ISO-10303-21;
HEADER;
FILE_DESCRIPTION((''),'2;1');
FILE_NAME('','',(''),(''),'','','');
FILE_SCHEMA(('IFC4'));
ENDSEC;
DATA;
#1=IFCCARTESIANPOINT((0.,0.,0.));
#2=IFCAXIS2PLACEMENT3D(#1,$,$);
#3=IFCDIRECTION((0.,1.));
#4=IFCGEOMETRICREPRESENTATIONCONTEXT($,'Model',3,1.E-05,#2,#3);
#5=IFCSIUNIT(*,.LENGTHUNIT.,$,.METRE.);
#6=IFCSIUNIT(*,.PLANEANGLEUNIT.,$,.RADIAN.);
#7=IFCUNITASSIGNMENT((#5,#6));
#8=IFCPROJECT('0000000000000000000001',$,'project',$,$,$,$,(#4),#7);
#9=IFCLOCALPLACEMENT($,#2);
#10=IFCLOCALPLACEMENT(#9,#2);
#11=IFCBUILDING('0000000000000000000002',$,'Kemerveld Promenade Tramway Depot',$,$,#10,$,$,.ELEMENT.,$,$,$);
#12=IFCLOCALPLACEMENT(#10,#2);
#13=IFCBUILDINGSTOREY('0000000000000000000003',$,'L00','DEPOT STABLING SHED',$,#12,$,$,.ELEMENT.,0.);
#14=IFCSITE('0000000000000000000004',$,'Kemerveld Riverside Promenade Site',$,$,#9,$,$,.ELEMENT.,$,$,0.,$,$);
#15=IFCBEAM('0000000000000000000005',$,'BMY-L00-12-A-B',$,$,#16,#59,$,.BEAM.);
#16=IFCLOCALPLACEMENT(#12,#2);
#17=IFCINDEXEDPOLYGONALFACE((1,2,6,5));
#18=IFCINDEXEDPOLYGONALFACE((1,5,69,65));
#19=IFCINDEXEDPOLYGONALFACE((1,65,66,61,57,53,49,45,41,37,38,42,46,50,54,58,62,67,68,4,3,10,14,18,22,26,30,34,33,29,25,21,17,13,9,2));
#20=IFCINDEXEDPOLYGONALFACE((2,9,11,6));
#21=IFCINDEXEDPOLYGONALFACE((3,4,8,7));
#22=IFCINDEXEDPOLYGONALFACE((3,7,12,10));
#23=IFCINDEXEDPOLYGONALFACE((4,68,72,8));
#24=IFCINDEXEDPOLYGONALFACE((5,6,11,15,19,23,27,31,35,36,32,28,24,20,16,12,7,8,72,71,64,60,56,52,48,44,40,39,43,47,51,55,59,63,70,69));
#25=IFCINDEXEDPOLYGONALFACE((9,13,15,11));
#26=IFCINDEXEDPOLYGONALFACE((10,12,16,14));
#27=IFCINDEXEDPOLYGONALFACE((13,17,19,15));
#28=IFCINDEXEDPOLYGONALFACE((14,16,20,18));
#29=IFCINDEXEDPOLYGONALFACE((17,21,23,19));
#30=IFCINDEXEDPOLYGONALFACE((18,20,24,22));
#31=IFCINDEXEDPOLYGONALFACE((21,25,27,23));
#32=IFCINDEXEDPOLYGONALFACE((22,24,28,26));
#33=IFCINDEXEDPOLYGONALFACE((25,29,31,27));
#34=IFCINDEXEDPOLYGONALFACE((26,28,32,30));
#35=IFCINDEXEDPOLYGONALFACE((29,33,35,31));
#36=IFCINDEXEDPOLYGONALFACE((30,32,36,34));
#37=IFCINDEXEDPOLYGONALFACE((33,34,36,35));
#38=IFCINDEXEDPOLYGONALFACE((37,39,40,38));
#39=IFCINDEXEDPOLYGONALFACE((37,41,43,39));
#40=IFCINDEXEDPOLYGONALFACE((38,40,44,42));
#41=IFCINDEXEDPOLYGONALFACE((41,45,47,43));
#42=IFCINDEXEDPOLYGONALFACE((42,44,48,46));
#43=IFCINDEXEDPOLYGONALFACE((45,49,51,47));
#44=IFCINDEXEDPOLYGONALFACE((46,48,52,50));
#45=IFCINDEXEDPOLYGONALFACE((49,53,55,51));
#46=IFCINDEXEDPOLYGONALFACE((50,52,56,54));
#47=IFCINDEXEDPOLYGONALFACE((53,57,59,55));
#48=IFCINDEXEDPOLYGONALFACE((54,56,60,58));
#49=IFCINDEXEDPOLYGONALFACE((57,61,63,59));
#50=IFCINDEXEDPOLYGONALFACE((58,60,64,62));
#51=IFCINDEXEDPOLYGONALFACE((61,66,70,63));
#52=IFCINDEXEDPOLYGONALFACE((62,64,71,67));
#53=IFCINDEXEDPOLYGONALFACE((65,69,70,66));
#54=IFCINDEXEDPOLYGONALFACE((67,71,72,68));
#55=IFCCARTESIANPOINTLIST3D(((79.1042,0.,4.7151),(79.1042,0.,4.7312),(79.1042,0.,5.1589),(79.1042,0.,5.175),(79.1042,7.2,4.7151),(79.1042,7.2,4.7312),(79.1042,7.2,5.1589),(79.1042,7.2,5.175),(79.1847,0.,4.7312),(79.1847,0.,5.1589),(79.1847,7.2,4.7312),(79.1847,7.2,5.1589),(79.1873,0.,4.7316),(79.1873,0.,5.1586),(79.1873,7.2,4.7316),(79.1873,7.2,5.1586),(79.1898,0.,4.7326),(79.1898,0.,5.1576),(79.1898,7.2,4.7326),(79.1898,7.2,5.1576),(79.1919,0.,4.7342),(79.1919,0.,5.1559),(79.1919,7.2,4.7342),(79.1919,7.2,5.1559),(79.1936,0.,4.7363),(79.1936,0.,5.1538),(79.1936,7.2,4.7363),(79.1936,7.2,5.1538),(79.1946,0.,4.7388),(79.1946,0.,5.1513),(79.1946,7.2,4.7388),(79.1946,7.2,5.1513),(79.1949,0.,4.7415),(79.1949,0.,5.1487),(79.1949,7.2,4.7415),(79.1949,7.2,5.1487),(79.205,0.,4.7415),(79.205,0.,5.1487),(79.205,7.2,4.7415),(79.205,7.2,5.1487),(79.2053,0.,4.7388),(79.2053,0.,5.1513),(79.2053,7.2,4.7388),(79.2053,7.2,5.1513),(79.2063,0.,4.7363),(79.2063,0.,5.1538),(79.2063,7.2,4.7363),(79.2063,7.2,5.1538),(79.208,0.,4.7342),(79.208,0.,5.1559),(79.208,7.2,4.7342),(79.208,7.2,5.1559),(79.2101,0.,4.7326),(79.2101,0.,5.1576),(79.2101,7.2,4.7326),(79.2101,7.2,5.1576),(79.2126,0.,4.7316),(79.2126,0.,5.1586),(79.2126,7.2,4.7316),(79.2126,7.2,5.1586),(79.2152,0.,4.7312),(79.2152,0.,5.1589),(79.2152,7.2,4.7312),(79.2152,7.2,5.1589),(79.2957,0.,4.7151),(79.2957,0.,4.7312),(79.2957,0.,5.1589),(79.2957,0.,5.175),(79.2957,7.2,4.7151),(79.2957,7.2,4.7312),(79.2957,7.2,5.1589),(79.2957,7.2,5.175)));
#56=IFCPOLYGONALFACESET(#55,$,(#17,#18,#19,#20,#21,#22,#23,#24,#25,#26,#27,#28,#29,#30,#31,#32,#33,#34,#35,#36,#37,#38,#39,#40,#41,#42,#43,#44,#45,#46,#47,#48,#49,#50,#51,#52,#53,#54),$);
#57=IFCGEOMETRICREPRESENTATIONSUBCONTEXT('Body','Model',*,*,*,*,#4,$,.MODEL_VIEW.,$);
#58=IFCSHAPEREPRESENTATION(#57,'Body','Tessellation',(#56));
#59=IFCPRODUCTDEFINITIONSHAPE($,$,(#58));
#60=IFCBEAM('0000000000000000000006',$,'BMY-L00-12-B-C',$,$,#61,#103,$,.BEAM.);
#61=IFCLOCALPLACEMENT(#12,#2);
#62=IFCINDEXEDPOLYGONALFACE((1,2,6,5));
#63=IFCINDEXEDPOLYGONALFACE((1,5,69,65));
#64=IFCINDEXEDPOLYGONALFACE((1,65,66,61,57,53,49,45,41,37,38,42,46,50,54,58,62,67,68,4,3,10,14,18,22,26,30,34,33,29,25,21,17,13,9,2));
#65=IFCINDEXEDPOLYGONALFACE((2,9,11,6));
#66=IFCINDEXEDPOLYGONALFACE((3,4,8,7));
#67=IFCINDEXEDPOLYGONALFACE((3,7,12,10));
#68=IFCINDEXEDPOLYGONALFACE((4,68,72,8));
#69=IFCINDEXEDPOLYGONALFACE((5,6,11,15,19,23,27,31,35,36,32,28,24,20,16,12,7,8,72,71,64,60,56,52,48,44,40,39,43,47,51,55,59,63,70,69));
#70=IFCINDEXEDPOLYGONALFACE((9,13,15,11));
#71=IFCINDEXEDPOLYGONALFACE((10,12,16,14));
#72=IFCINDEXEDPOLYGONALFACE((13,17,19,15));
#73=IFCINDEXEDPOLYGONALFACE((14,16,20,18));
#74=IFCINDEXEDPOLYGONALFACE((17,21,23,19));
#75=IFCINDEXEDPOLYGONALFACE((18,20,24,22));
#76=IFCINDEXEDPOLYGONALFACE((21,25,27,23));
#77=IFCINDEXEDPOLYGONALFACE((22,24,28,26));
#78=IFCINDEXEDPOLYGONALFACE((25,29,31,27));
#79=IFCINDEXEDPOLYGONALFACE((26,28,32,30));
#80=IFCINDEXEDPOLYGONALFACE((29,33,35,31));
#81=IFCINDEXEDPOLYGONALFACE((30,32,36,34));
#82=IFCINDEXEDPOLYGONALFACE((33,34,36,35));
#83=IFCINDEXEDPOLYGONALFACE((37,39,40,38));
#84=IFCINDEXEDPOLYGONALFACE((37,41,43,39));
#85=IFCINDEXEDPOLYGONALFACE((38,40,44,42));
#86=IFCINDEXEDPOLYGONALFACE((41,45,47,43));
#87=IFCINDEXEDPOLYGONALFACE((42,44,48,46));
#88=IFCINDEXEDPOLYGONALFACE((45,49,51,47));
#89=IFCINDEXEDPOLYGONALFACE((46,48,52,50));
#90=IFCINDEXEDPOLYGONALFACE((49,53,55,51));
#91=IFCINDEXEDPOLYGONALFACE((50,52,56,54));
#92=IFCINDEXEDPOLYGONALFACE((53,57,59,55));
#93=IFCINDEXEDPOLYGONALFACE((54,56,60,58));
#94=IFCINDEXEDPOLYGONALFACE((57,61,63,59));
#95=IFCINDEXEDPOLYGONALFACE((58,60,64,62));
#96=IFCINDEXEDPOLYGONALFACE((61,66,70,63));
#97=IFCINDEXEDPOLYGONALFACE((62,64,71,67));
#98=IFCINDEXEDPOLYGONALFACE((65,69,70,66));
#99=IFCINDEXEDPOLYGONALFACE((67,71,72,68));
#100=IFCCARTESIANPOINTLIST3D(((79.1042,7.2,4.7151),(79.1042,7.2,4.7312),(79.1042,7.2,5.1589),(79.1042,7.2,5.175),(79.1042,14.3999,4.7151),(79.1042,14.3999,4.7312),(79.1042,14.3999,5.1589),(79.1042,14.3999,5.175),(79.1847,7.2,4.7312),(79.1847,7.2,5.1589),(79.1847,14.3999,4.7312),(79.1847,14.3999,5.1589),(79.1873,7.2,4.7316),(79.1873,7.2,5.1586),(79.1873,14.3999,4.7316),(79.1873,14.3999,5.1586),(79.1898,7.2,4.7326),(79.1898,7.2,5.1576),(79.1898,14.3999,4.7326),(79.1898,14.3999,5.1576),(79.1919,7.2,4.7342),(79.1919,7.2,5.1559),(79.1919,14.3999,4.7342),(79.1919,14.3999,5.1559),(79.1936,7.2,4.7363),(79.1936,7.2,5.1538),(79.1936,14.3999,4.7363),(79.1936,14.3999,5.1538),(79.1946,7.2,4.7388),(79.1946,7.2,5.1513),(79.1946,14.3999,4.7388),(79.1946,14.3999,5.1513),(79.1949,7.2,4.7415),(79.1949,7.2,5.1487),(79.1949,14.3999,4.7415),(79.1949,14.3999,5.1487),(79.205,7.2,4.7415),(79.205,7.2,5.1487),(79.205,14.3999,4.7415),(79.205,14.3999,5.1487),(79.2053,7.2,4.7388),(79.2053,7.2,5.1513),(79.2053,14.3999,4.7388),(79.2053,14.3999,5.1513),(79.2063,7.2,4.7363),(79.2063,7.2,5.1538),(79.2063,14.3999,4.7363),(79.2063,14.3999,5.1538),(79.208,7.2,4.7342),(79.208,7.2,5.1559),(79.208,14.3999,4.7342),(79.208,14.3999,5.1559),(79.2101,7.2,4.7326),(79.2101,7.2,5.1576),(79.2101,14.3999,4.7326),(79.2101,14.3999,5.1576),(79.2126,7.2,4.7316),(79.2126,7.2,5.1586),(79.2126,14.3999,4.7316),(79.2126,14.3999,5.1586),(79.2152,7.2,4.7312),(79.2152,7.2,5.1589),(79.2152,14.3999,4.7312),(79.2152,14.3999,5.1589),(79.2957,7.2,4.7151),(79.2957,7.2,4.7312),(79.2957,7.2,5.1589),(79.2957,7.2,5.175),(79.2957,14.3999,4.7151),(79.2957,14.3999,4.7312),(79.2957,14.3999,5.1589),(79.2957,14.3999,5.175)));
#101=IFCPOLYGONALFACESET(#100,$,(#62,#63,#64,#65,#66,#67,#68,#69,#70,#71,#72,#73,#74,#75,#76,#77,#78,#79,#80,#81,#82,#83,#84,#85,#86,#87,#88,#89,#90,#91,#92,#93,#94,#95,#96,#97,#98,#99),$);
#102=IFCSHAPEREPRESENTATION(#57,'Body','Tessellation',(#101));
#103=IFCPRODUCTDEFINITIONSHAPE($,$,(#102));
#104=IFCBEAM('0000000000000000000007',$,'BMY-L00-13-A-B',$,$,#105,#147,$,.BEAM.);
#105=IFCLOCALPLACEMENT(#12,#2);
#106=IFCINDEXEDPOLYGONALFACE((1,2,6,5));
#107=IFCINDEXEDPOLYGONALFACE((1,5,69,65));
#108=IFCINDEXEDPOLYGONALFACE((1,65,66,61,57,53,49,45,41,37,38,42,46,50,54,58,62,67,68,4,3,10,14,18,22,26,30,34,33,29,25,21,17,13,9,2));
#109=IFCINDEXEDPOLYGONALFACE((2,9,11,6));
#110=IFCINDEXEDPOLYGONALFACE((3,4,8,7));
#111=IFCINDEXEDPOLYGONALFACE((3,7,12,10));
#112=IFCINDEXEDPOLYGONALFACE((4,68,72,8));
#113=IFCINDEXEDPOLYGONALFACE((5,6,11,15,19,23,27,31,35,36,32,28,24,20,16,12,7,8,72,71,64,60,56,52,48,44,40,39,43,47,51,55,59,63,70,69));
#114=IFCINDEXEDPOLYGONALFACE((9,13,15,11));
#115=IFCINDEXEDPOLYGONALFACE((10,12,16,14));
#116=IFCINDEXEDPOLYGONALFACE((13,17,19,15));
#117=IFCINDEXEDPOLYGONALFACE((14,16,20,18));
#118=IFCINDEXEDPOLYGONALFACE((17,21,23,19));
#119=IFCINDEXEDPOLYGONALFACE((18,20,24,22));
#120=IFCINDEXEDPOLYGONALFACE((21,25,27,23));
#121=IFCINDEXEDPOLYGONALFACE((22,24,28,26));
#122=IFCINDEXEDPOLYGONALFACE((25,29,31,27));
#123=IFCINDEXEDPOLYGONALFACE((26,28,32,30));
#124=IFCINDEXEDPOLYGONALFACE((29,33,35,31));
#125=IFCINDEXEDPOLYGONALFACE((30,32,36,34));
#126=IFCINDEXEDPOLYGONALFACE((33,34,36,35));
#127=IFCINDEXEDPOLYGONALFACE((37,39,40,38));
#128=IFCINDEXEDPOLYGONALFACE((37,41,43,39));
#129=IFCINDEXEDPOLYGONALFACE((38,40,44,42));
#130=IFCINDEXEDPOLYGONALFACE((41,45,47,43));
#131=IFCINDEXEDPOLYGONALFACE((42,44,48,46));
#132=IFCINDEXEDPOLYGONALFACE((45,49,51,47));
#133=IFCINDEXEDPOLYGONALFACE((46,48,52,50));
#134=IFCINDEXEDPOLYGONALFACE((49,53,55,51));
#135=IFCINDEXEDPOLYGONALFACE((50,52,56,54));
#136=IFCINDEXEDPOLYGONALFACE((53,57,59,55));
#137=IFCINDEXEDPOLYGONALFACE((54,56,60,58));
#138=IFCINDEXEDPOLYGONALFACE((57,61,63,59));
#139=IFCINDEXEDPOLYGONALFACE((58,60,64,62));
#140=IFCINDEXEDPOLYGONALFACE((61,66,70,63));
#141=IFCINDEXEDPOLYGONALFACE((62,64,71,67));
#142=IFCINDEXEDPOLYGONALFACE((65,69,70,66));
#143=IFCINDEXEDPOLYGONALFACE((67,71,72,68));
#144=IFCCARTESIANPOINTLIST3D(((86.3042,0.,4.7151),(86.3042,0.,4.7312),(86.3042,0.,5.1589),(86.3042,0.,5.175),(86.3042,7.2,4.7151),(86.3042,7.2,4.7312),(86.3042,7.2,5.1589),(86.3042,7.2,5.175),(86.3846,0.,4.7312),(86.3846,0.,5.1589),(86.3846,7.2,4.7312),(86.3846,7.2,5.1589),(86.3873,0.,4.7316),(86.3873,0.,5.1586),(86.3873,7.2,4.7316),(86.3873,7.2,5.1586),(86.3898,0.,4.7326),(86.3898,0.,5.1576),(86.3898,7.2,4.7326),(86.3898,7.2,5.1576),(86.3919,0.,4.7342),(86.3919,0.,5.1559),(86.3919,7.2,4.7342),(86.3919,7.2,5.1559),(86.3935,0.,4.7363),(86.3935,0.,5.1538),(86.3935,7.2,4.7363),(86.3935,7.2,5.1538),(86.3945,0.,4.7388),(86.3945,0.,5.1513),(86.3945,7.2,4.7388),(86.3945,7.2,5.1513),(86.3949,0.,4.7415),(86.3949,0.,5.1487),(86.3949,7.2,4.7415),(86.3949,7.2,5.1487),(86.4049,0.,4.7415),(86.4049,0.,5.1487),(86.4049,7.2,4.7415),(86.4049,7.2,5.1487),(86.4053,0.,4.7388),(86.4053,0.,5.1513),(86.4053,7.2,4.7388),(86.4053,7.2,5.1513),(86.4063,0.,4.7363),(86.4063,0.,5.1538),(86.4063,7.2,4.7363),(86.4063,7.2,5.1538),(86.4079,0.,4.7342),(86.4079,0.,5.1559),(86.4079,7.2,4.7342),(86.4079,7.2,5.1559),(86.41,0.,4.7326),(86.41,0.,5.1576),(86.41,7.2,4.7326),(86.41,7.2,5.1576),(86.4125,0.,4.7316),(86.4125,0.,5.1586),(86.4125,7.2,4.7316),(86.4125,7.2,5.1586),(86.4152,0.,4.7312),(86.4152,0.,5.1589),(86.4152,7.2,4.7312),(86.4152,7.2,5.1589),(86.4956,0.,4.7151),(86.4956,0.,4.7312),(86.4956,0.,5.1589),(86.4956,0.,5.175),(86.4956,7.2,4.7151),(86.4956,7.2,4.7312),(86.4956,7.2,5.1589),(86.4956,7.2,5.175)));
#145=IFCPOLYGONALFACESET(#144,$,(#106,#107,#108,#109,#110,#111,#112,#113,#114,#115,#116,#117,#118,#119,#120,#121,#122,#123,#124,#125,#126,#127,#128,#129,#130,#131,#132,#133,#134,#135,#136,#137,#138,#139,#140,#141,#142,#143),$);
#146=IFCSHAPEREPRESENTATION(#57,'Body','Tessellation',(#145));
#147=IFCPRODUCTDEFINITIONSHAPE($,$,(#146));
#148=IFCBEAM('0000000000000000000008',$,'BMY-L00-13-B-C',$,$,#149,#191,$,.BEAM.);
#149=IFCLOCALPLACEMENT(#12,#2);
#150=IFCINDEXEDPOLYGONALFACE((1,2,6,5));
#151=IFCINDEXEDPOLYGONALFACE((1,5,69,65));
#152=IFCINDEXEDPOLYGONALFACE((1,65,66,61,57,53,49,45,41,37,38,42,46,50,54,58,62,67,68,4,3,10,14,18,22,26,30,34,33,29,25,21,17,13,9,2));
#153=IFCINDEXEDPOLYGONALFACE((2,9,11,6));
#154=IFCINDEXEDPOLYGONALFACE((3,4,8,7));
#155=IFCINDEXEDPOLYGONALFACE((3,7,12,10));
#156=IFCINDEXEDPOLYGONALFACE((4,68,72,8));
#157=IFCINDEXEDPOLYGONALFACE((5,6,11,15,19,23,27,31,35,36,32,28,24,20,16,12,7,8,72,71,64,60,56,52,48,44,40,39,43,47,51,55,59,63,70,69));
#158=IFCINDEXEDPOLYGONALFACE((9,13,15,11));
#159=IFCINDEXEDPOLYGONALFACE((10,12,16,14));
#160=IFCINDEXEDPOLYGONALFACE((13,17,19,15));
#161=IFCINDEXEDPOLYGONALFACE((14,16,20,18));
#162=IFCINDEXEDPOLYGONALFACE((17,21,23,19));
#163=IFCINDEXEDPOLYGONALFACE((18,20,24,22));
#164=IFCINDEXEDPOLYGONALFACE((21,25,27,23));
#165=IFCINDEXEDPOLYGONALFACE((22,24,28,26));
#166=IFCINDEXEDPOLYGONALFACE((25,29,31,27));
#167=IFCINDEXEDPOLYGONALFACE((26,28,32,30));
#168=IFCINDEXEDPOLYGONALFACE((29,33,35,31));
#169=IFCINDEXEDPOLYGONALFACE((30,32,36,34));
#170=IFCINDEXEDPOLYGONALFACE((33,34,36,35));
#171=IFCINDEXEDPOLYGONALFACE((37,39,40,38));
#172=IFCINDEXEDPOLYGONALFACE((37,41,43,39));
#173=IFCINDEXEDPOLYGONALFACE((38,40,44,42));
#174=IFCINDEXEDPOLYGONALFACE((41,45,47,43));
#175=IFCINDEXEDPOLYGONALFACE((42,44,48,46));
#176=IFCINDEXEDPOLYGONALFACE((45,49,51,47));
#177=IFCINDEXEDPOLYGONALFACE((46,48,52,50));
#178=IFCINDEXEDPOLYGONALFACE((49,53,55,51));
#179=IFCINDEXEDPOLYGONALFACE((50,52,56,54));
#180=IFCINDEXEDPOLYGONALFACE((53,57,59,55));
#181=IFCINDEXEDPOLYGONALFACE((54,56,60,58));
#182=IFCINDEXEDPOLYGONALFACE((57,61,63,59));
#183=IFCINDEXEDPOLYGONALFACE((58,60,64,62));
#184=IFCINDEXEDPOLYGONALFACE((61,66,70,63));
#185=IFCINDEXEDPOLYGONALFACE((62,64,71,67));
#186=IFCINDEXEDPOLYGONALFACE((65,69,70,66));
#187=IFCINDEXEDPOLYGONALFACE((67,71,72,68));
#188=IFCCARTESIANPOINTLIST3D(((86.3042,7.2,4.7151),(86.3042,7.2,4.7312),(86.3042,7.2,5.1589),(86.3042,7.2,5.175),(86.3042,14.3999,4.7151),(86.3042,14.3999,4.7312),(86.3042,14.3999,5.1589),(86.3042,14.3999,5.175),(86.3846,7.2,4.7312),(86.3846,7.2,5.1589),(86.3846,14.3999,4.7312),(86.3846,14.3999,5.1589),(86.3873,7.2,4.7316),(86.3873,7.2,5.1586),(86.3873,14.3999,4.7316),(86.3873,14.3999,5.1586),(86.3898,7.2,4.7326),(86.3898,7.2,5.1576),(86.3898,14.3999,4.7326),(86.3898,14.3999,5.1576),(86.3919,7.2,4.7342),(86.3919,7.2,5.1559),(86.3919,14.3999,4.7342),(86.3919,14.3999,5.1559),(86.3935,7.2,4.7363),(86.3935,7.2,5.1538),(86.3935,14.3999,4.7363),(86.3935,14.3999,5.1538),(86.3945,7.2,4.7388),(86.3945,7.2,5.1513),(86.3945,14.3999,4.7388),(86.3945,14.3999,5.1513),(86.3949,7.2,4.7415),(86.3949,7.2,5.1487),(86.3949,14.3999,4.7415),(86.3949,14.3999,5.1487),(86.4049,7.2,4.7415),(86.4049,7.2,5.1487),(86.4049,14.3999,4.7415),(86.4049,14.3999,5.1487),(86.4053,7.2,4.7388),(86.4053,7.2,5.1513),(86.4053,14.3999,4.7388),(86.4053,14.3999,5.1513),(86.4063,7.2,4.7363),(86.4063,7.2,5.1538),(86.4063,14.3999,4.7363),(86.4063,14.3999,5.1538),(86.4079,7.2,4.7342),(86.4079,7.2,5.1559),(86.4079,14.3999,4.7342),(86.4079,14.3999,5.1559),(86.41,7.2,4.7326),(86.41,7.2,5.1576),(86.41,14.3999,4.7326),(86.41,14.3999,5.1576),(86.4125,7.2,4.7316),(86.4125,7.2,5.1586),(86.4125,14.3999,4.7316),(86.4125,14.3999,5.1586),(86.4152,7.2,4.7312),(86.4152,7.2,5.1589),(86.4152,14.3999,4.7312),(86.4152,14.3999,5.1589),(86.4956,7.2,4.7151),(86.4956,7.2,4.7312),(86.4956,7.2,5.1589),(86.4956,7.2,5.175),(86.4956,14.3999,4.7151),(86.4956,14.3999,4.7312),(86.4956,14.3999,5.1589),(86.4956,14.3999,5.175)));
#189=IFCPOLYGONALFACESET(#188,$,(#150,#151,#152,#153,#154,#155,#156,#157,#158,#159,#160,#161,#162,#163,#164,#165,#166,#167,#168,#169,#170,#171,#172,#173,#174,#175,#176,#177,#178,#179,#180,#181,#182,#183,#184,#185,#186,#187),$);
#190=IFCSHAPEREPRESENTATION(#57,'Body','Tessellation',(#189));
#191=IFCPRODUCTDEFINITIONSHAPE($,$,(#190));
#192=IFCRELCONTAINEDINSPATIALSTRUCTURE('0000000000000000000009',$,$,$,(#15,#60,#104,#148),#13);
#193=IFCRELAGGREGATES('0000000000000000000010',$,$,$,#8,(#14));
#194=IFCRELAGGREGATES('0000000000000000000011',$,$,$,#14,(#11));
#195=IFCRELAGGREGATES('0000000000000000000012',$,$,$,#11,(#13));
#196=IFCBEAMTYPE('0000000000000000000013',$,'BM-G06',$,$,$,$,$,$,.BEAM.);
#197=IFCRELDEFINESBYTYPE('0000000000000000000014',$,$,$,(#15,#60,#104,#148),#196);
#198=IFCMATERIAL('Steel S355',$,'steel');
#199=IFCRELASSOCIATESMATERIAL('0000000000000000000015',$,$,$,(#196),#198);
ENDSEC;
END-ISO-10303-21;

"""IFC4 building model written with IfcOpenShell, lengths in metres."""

from ifc_helpers import new_model, si_unit, direction, frame, origin, origin_2d, place, context, subcontext, project, spatial, i_section, extrude, material, material_profile, profile_set, type_object, element, save


model = new_model("IFC4")

# Units and contexts
model_context = context("Model", 3, precision=1e-05, world=origin(), true_north=direction((0.0, 1.0)))
body_context = subcontext(model_context, "Body", "Model", "MODEL_VIEW")
ifc_project = project(units=[si_unit("LENGTHUNIT", "METRE"), si_unit("PLANEANGLEUNIT", "RADIAN")], contexts=[model_context])

# Site, building, storey
site_placement = place(None, origin())
site = spatial("IfcSite", under=ifc_project, at=site_placement, Name="Kemerveld Riverside Promenade Site", CompositionType="ELEMENT", RefElevation=0.0)
building_placement = place(site_placement, origin())
building = spatial("IfcBuilding", under=site, at=building_placement, Name="Kemerveld Promenade Tramway Depot", CompositionType="ELEMENT")
storey_placement = place(building_placement, origin())
storey = spatial("IfcBuildingStorey", under=building, at=storey_placement, Name="L00", Description="DEPOT STABLING SHED", CompositionType="ELEMENT", Elevation=0.0)

# Shared definitions
ifc_material_1 = material(Name="Steel S355", Category="steel")

# Beams
ifc_material_profile_1 = material_profile(ifc_material_1, i_section(OverallWidth=0.1914, OverallDepth=0.46, WebThickness=0.01, FlangeThickness=0.0161, FilletRadius=0.0103, at=origin_2d()), Name="457x191x82 UB")
ifc_profile_set_1 = profile_set([ifc_material_profile_1], Name="Steel S355")
beam_type_1 = type_object("IfcBeamType", Name="BM-G06", PredefinedType="BEAM", material=ifc_profile_set_1)
for number, where, z_axis, x_axis, name in (
    (1, (79.2, 0.0, 4.9451), (0.0, 1.0, 0.0), (-1.0, 0.0, 0.0), "BMY-L00-12-A-B"),
    (2, (79.2, 7.2, 4.9451), (0.0, 1.0, 0.0), (-1.0, 0.0, 0.0), "BMY-L00-12-B-C"),
    (3, (86.3999, 0.0, 4.9451), (0.0, 1.0, 0.0), (-1.0, 0.0, 0.0), "BMY-L00-13-A-B"),
    (4, (86.3999, 7.2, 4.9451), (0.0, 1.0, 0.0), (-1.0, 0.0, 0.0), "BMY-L00-13-B-C"),
):
    element("IfcBeam", number, at=place(storey_placement, frame(where, z_axis=z_axis, x_axis=x_axis)), inside=storey, type_object=beam_type_1, Name=name, PredefinedType="BEAM", context=body_context, shape_type="SweptSolid", body=[
        extrude(i_section(OverallWidth=0.1914, OverallDepth=0.46, WebThickness=0.01, FlangeThickness=0.0161, FilletRadius=0.0103, at=origin_2d()), origin(), (0.0, 0.0, 1.0), 7.2),
    ])

save(model, "model.ifc")
